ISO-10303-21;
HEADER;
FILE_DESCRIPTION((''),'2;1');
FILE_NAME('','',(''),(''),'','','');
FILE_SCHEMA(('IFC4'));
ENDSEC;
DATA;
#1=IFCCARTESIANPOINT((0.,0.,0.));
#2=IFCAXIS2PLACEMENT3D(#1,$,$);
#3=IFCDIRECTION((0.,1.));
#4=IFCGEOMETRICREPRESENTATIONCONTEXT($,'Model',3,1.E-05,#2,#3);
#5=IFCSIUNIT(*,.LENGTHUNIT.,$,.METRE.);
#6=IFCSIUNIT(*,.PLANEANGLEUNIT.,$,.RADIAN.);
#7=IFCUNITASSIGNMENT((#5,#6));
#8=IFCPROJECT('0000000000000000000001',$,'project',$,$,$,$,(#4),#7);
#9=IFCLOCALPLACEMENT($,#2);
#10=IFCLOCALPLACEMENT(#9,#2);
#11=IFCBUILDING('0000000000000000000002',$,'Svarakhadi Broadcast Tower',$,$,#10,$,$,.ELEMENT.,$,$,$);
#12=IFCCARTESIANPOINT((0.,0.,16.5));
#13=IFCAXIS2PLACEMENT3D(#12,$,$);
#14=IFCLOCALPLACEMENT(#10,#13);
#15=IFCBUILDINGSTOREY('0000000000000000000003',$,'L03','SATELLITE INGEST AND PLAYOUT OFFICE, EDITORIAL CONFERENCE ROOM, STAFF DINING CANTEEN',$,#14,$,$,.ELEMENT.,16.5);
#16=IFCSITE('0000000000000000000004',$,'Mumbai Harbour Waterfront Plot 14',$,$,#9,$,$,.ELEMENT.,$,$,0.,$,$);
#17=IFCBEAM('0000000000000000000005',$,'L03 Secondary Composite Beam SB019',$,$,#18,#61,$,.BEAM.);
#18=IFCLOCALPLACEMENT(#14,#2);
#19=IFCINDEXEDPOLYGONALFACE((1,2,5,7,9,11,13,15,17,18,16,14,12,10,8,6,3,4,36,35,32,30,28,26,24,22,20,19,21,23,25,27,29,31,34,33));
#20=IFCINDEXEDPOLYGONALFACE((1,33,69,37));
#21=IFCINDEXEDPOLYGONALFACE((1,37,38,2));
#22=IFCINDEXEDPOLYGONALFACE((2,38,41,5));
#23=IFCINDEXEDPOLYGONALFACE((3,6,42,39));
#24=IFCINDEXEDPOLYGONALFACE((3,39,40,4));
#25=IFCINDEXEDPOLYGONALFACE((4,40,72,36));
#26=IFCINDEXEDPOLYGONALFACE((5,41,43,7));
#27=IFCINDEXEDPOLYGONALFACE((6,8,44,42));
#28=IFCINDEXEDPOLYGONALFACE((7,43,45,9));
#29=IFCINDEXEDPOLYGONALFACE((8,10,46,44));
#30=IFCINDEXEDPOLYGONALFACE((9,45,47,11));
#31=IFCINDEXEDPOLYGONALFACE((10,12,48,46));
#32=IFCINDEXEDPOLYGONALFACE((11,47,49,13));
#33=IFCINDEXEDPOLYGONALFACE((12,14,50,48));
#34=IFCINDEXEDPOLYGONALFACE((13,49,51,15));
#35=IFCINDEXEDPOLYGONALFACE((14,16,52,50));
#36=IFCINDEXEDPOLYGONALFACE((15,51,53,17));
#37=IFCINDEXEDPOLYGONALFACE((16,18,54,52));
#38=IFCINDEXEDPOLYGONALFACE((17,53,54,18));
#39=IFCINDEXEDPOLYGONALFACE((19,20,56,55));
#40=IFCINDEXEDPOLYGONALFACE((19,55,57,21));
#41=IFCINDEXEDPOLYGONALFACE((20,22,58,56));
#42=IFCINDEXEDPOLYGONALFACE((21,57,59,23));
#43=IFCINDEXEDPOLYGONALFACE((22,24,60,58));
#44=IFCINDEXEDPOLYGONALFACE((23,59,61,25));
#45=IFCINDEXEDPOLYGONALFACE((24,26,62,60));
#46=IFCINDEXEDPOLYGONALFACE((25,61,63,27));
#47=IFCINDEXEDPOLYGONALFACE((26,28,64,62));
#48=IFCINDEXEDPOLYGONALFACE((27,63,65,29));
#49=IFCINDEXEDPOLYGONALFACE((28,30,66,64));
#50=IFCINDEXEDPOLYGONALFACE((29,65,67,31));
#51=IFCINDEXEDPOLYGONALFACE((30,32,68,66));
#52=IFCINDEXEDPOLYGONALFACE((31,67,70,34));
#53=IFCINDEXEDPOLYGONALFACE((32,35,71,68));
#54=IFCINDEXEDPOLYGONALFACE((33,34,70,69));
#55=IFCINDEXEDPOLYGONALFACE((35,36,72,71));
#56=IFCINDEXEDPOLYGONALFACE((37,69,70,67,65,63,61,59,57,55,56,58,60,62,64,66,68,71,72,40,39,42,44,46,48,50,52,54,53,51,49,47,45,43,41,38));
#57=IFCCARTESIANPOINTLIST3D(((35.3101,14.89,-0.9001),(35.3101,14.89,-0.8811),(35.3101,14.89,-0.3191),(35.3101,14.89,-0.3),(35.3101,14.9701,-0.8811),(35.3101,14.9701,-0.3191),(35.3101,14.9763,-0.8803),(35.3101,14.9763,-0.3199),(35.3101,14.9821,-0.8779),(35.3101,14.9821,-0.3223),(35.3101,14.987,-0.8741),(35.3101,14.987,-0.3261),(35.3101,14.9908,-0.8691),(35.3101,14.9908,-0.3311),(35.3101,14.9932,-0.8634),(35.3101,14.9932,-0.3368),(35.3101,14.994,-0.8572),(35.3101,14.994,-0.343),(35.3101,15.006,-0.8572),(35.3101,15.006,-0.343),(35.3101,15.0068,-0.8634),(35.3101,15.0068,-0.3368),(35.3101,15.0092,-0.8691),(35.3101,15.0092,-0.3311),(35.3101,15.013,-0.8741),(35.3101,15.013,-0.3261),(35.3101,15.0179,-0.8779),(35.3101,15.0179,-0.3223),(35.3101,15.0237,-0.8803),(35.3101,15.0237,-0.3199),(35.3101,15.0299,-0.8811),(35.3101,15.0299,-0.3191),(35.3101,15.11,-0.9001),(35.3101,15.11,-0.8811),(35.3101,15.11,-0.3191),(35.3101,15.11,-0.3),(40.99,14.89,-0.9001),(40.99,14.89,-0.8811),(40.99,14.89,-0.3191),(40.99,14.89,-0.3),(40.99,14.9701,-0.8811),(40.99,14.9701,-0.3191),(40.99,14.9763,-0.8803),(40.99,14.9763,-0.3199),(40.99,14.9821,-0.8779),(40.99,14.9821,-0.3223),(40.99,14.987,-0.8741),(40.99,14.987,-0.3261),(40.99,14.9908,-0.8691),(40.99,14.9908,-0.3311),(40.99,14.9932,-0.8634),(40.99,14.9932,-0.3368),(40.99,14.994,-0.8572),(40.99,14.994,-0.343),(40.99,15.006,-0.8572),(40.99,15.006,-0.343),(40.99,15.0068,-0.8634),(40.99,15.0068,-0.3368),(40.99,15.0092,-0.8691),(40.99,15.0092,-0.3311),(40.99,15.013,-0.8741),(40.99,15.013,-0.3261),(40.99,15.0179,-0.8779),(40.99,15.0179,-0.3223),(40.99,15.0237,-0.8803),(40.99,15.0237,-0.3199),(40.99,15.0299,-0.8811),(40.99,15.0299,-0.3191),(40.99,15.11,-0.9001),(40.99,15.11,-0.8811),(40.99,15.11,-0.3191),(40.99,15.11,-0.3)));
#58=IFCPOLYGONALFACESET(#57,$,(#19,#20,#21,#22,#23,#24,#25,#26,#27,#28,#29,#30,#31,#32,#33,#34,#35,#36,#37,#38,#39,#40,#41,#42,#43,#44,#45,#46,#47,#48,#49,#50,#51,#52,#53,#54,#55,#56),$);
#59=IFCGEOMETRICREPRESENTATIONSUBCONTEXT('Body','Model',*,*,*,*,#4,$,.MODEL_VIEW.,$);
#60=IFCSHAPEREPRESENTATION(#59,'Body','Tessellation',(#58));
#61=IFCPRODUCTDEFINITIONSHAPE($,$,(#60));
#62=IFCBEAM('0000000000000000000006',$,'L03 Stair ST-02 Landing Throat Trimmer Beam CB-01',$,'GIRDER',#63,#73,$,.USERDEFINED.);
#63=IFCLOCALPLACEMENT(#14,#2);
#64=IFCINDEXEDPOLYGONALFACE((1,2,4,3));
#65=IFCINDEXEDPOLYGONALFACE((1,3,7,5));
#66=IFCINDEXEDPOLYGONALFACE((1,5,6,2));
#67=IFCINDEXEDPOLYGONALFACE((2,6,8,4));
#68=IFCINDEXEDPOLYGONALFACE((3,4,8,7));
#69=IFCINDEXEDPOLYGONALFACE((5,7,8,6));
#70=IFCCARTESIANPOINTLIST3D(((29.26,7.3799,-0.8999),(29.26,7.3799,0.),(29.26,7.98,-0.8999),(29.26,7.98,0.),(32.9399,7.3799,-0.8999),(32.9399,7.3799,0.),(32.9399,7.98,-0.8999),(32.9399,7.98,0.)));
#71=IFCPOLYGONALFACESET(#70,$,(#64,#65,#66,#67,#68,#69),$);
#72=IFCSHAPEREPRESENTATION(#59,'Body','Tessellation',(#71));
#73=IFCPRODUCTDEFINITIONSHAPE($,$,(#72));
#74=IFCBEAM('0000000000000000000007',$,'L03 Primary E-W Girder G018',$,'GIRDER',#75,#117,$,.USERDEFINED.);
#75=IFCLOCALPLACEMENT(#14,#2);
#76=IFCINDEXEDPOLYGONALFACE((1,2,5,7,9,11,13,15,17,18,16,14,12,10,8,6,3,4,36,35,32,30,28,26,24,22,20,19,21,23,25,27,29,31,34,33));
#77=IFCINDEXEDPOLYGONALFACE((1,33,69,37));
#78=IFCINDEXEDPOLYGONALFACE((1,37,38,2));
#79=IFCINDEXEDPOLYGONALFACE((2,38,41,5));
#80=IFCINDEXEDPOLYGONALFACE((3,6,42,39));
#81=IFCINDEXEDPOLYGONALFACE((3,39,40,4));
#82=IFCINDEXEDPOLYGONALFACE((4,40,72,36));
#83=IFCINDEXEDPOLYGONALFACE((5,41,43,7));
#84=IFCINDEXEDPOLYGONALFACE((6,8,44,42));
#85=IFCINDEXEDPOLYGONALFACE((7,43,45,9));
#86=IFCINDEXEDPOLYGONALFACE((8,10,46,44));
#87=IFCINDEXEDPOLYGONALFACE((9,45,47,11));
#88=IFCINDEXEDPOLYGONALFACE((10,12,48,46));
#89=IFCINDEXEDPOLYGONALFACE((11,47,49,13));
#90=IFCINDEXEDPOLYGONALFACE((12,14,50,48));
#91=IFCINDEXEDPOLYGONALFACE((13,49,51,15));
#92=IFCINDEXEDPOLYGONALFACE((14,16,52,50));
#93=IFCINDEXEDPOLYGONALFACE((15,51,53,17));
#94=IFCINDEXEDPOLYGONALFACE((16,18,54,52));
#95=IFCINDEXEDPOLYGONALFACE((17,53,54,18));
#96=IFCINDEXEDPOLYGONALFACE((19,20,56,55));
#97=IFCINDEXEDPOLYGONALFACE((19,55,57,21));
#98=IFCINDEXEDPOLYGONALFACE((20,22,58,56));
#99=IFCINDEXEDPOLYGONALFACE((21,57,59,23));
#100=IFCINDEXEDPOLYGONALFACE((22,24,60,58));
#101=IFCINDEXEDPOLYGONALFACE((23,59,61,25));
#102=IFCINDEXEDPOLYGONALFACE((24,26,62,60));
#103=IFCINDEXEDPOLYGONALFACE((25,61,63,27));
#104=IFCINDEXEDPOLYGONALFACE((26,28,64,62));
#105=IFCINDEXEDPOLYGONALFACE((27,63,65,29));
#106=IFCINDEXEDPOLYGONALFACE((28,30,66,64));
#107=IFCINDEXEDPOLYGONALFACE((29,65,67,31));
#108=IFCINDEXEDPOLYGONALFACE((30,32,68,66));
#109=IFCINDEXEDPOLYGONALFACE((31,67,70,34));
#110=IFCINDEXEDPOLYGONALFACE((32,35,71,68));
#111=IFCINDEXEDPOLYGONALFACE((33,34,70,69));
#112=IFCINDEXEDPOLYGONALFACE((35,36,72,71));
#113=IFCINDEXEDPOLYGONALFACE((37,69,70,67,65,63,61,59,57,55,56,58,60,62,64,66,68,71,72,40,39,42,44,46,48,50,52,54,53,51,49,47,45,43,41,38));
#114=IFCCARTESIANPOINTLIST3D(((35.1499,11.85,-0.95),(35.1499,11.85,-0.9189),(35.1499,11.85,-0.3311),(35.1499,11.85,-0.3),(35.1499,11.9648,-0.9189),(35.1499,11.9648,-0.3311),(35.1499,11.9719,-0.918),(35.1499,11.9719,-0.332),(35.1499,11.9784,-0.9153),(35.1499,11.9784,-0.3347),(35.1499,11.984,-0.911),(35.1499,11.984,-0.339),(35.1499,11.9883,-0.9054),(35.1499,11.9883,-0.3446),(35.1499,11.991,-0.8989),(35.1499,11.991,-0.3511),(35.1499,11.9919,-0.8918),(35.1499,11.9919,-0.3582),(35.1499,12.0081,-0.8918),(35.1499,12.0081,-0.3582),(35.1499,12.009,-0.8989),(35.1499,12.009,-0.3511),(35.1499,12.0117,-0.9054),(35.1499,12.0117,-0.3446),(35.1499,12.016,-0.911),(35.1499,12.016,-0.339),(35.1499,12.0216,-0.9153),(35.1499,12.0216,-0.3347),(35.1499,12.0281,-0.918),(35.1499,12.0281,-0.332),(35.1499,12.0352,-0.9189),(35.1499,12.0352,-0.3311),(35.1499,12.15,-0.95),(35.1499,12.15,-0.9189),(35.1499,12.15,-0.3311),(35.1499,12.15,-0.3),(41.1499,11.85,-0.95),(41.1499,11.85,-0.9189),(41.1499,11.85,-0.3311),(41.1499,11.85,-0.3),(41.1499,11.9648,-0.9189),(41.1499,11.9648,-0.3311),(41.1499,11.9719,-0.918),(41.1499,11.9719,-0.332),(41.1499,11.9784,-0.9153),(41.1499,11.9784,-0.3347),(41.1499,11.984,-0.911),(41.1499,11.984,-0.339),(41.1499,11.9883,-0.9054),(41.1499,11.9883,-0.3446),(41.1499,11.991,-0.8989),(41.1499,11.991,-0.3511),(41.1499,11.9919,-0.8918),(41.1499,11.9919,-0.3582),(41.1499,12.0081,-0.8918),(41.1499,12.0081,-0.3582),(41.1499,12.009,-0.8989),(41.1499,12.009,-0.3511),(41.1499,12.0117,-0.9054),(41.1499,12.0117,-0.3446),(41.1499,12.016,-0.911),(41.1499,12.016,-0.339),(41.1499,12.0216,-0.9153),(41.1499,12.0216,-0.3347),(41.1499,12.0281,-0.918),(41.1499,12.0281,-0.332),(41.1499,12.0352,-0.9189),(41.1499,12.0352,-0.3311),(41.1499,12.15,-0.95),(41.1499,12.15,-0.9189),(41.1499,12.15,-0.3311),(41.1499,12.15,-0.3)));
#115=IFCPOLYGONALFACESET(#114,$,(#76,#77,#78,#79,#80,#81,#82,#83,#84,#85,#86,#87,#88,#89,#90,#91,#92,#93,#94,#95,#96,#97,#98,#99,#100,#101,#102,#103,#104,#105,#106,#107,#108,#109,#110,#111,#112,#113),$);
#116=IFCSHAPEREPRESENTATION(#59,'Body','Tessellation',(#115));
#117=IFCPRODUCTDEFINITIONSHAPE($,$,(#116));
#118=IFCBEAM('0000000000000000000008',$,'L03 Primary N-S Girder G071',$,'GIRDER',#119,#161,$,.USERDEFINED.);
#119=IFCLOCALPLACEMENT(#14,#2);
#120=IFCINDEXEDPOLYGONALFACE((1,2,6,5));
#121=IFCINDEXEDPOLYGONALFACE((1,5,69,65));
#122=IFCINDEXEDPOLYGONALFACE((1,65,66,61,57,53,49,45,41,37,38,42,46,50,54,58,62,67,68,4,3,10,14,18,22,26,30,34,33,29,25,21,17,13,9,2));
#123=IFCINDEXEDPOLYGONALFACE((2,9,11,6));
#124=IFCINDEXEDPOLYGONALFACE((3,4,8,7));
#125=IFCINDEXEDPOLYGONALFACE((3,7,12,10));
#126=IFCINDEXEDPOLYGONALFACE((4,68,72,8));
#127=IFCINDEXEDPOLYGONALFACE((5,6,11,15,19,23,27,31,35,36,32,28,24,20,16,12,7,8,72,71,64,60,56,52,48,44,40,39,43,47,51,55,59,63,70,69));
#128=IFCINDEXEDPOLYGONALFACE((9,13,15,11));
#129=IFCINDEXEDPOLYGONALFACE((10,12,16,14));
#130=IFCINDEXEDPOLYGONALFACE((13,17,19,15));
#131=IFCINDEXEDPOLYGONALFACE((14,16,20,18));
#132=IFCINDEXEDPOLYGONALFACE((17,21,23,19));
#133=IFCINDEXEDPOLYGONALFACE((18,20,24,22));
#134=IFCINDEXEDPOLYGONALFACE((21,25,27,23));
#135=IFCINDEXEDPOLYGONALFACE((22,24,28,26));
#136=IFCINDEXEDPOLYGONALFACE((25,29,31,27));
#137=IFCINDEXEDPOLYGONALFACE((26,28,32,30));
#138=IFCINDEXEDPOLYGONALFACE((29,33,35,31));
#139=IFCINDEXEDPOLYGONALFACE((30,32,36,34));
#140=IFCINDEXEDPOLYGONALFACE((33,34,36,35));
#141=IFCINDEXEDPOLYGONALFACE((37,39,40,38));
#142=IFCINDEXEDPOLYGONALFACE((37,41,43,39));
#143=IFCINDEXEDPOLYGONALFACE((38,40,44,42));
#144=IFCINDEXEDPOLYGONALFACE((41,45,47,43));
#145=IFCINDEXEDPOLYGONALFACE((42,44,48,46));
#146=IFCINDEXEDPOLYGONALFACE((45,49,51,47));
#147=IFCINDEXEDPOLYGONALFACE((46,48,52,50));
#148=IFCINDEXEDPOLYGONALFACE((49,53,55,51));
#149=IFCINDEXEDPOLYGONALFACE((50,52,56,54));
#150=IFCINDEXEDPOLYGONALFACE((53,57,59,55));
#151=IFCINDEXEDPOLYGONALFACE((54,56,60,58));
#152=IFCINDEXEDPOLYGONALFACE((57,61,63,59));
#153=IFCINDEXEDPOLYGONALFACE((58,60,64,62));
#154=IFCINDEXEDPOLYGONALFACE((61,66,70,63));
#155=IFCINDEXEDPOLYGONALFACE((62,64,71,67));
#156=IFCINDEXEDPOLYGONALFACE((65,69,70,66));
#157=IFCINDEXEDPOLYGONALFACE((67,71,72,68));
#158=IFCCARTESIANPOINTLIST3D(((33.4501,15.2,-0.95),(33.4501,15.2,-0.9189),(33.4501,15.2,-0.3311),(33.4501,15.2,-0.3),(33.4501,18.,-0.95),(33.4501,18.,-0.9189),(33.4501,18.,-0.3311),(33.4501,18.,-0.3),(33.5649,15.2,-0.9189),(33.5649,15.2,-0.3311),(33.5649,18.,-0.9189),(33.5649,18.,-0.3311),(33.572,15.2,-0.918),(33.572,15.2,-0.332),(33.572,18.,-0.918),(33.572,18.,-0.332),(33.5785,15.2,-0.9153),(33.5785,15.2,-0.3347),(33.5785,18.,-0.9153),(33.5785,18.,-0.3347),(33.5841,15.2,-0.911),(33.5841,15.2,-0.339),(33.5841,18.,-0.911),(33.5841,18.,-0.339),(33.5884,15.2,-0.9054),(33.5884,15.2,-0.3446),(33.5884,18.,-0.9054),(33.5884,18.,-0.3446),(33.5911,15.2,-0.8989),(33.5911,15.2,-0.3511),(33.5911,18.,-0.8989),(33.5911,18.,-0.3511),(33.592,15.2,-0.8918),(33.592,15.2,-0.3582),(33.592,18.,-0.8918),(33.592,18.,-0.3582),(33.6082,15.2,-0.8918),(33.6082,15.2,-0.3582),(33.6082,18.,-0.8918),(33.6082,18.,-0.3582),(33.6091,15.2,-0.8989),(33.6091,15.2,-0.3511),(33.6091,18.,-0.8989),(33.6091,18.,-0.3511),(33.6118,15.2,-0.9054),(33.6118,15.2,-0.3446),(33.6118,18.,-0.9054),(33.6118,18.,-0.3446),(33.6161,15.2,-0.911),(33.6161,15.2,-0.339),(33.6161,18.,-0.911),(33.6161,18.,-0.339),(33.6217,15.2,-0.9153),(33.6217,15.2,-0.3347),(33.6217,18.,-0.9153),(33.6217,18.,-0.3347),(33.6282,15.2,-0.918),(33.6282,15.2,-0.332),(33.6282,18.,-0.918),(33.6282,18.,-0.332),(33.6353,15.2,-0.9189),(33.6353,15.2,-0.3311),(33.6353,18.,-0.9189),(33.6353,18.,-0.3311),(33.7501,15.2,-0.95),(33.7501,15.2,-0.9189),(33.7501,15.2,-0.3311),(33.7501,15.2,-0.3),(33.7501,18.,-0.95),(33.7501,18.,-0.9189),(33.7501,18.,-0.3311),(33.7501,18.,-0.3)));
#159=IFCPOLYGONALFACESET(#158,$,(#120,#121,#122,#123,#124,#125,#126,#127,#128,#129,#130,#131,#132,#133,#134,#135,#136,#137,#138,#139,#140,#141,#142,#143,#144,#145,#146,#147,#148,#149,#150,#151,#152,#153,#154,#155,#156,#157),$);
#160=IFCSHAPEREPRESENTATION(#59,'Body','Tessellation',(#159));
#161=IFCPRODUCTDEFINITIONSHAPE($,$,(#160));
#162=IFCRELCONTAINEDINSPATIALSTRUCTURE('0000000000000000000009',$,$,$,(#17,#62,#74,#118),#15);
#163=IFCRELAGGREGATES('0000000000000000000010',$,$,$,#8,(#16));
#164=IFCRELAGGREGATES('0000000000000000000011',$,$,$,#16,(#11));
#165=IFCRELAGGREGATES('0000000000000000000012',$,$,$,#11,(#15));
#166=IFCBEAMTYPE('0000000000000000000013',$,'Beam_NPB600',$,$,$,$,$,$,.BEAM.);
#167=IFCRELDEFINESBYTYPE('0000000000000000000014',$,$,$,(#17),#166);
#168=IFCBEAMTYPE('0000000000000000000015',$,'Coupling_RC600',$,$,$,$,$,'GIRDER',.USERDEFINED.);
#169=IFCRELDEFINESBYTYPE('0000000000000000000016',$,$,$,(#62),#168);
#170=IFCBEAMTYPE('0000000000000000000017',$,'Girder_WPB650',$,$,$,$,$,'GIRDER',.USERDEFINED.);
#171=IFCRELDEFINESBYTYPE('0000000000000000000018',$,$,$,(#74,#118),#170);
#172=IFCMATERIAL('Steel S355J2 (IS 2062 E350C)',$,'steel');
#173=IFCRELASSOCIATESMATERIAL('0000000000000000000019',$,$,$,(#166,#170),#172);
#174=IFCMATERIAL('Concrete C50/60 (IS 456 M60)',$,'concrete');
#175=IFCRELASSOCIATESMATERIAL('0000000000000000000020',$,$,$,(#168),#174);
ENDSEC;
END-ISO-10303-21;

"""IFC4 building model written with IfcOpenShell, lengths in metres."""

from ifc_helpers import new_model, si_unit, direction, frame, origin, origin_2d, place, context, subcontext, project, spatial, rectangle, i_section, extrude, material, material_profile, profile_set, type_object, element, save


model = new_model("IFC4")

# Units and contexts
model_context = context("Model", 3, precision=1e-05, world=origin(), true_north=direction((0.0, 1.0)))
body_context = subcontext(model_context, "Body", "Model", "MODEL_VIEW")
ifc_project = project(units=[si_unit("LENGTHUNIT", "METRE"), si_unit("PLANEANGLEUNIT", "RADIAN")], contexts=[model_context])

# Site, building, storey
site_placement = place(None, origin())
site = spatial("IfcSite", under=ifc_project, at=site_placement, Name="Mumbai Harbour Waterfront Plot 14", CompositionType="ELEMENT", RefElevation=0.0)
building_placement = place(site_placement, origin())
building = spatial("IfcBuilding", under=site, at=building_placement, Name="Svarakhadi Broadcast Tower", CompositionType="ELEMENT")
storey_placement = place(building_placement, frame((0.0, 0.0, 16.5)))
storey = spatial("IfcBuildingStorey", under=building, at=storey_placement, Name="L03", Description="SATELLITE INGEST AND PLAYOUT OFFICE, EDITORIAL CONFERENCE ROOM, STAFF DINING CANTEEN", CompositionType="ELEMENT", Elevation=16.5)

# Beams
ifc_material_1 = material(Name="Steel S355J2 (IS 2062 E350C)", Category="steel")
ifc_material_profile_1 = material_profile(ifc_material_1, i_section(OverallWidth=0.22, OverallDepth=0.6001, WebThickness=0.012, FlangeThickness=0.019, FilletRadius=0.0239, at=origin_2d()), Name="NPB 600x220x122")
ifc_profile_set_1 = profile_set([ifc_material_profile_1], Name="Steel S355J2 (IS 2062 E350C)")
beam_type_1 = type_object("IfcBeamType", Name="Beam_NPB600", PredefinedType="BEAM", material=ifc_profile_set_1)
for number, where, z_axis, x_axis, name in (
    (1, (35.3101, 15.0, -0.6001), (1.0, 0.0, 0.0), (0.0, 1.0, 0.0), "L03 Secondary Composite Beam SB019"),
):
    element("IfcBeam", number, at=place(storey_placement, frame(where, z_axis=z_axis, x_axis=x_axis)), inside=storey, type_object=beam_type_1, Name=name, PredefinedType="BEAM", context=body_context, shape_type="SweptSolid", body=[
        extrude(i_section(OverallWidth=0.22, OverallDepth=0.6001, WebThickness=0.012, FlangeThickness=0.019, FilletRadius=0.0239, at=origin_2d()), origin(), (0.0, 0.0, 1.0), 5.6799),
    ])
ifc_material_2 = material(Name="Concrete C50/60 (IS 456 M60)", Category="concrete")
ifc_material_profile_2 = material_profile(ifc_material_2, rectangle(XDim=0.6001, YDim=0.8999, at=origin_2d()), Name="RC 600x900")
ifc_profile_set_2 = profile_set([ifc_material_profile_2], Name="Concrete C50/60 (IS 456 M60)")
beam_type_2 = type_object("IfcBeamType", Name="Coupling_RC600", ElementType="GIRDER", PredefinedType="USERDEFINED", material=ifc_profile_set_2)
beam_1_placement = place(storey_placement, frame((29.26, 7.6799, -0.45), z_axis=(1.0, 0.0, 0.0), x_axis=(0.0, 1.0, 0.0)))
element("IfcBeam", 2, at=beam_1_placement, inside=storey, type_object=beam_type_2, Name="L03 Stair ST-02 Landing Throat Trimmer Beam CB-01", ObjectType="GIRDER", PredefinedType="USERDEFINED", context=body_context, shape_type="SweptSolid", body=[
    extrude(rectangle(XDim=0.6001, YDim=0.8999, at=origin_2d()), origin(), (0.0, 0.0, 1.0), 3.6799),
])
ifc_material_profile_3 = material_profile(ifc_material_1, i_section(OverallWidth=0.3, OverallDepth=0.6499, WebThickness=0.0161, FlangeThickness=0.031, FilletRadius=0.0271, at=origin_2d()), Name="WPB 650x300x225")
ifc_profile_set_3 = profile_set([ifc_material_profile_3], Name="Steel S355J2 (IS 2062 E350C)")
beam_type_3 = type_object("IfcBeamType", Name="Girder_WPB650", ElementType="GIRDER", PredefinedType="USERDEFINED", material=ifc_profile_set_3)
beam_2_placement = place(storey_placement, frame((35.1499, 12.0, -0.625), z_axis=(1.0, 0.0, 0.0), x_axis=(0.0, 1.0, 0.0)))
element("IfcBeam", 3, at=beam_2_placement, inside=storey, type_object=beam_type_3, Name="L03 Primary E-W Girder G018", ObjectType="GIRDER", PredefinedType="USERDEFINED", context=body_context, shape_type="SweptSolid", body=[
    extrude(i_section(OverallWidth=0.3, OverallDepth=0.6499, WebThickness=0.0161, FlangeThickness=0.031, FilletRadius=0.0271, at=origin_2d()), origin(), (0.0, 0.0, 1.0), 6.0),
])
beam_3_placement = place(storey_placement, frame((33.6001, 15.2, -0.625), z_axis=(0.0, 1.0, 0.0), x_axis=(-1.0, 0.0, 0.0)))
element("IfcBeam", 4, at=beam_3_placement, inside=storey, type_object=beam_type_3, Name="L03 Primary N-S Girder G071", ObjectType="GIRDER", PredefinedType="USERDEFINED", context=body_context, shape_type="SweptSolid", body=[
    extrude(i_section(OverallWidth=0.3, OverallDepth=0.6499, WebThickness=0.0161, FlangeThickness=0.031, FilletRadius=0.0271, at=origin_2d()), origin(), (0.0, 0.0, 1.0), 2.8),
])

save(model, "model.ifc")
